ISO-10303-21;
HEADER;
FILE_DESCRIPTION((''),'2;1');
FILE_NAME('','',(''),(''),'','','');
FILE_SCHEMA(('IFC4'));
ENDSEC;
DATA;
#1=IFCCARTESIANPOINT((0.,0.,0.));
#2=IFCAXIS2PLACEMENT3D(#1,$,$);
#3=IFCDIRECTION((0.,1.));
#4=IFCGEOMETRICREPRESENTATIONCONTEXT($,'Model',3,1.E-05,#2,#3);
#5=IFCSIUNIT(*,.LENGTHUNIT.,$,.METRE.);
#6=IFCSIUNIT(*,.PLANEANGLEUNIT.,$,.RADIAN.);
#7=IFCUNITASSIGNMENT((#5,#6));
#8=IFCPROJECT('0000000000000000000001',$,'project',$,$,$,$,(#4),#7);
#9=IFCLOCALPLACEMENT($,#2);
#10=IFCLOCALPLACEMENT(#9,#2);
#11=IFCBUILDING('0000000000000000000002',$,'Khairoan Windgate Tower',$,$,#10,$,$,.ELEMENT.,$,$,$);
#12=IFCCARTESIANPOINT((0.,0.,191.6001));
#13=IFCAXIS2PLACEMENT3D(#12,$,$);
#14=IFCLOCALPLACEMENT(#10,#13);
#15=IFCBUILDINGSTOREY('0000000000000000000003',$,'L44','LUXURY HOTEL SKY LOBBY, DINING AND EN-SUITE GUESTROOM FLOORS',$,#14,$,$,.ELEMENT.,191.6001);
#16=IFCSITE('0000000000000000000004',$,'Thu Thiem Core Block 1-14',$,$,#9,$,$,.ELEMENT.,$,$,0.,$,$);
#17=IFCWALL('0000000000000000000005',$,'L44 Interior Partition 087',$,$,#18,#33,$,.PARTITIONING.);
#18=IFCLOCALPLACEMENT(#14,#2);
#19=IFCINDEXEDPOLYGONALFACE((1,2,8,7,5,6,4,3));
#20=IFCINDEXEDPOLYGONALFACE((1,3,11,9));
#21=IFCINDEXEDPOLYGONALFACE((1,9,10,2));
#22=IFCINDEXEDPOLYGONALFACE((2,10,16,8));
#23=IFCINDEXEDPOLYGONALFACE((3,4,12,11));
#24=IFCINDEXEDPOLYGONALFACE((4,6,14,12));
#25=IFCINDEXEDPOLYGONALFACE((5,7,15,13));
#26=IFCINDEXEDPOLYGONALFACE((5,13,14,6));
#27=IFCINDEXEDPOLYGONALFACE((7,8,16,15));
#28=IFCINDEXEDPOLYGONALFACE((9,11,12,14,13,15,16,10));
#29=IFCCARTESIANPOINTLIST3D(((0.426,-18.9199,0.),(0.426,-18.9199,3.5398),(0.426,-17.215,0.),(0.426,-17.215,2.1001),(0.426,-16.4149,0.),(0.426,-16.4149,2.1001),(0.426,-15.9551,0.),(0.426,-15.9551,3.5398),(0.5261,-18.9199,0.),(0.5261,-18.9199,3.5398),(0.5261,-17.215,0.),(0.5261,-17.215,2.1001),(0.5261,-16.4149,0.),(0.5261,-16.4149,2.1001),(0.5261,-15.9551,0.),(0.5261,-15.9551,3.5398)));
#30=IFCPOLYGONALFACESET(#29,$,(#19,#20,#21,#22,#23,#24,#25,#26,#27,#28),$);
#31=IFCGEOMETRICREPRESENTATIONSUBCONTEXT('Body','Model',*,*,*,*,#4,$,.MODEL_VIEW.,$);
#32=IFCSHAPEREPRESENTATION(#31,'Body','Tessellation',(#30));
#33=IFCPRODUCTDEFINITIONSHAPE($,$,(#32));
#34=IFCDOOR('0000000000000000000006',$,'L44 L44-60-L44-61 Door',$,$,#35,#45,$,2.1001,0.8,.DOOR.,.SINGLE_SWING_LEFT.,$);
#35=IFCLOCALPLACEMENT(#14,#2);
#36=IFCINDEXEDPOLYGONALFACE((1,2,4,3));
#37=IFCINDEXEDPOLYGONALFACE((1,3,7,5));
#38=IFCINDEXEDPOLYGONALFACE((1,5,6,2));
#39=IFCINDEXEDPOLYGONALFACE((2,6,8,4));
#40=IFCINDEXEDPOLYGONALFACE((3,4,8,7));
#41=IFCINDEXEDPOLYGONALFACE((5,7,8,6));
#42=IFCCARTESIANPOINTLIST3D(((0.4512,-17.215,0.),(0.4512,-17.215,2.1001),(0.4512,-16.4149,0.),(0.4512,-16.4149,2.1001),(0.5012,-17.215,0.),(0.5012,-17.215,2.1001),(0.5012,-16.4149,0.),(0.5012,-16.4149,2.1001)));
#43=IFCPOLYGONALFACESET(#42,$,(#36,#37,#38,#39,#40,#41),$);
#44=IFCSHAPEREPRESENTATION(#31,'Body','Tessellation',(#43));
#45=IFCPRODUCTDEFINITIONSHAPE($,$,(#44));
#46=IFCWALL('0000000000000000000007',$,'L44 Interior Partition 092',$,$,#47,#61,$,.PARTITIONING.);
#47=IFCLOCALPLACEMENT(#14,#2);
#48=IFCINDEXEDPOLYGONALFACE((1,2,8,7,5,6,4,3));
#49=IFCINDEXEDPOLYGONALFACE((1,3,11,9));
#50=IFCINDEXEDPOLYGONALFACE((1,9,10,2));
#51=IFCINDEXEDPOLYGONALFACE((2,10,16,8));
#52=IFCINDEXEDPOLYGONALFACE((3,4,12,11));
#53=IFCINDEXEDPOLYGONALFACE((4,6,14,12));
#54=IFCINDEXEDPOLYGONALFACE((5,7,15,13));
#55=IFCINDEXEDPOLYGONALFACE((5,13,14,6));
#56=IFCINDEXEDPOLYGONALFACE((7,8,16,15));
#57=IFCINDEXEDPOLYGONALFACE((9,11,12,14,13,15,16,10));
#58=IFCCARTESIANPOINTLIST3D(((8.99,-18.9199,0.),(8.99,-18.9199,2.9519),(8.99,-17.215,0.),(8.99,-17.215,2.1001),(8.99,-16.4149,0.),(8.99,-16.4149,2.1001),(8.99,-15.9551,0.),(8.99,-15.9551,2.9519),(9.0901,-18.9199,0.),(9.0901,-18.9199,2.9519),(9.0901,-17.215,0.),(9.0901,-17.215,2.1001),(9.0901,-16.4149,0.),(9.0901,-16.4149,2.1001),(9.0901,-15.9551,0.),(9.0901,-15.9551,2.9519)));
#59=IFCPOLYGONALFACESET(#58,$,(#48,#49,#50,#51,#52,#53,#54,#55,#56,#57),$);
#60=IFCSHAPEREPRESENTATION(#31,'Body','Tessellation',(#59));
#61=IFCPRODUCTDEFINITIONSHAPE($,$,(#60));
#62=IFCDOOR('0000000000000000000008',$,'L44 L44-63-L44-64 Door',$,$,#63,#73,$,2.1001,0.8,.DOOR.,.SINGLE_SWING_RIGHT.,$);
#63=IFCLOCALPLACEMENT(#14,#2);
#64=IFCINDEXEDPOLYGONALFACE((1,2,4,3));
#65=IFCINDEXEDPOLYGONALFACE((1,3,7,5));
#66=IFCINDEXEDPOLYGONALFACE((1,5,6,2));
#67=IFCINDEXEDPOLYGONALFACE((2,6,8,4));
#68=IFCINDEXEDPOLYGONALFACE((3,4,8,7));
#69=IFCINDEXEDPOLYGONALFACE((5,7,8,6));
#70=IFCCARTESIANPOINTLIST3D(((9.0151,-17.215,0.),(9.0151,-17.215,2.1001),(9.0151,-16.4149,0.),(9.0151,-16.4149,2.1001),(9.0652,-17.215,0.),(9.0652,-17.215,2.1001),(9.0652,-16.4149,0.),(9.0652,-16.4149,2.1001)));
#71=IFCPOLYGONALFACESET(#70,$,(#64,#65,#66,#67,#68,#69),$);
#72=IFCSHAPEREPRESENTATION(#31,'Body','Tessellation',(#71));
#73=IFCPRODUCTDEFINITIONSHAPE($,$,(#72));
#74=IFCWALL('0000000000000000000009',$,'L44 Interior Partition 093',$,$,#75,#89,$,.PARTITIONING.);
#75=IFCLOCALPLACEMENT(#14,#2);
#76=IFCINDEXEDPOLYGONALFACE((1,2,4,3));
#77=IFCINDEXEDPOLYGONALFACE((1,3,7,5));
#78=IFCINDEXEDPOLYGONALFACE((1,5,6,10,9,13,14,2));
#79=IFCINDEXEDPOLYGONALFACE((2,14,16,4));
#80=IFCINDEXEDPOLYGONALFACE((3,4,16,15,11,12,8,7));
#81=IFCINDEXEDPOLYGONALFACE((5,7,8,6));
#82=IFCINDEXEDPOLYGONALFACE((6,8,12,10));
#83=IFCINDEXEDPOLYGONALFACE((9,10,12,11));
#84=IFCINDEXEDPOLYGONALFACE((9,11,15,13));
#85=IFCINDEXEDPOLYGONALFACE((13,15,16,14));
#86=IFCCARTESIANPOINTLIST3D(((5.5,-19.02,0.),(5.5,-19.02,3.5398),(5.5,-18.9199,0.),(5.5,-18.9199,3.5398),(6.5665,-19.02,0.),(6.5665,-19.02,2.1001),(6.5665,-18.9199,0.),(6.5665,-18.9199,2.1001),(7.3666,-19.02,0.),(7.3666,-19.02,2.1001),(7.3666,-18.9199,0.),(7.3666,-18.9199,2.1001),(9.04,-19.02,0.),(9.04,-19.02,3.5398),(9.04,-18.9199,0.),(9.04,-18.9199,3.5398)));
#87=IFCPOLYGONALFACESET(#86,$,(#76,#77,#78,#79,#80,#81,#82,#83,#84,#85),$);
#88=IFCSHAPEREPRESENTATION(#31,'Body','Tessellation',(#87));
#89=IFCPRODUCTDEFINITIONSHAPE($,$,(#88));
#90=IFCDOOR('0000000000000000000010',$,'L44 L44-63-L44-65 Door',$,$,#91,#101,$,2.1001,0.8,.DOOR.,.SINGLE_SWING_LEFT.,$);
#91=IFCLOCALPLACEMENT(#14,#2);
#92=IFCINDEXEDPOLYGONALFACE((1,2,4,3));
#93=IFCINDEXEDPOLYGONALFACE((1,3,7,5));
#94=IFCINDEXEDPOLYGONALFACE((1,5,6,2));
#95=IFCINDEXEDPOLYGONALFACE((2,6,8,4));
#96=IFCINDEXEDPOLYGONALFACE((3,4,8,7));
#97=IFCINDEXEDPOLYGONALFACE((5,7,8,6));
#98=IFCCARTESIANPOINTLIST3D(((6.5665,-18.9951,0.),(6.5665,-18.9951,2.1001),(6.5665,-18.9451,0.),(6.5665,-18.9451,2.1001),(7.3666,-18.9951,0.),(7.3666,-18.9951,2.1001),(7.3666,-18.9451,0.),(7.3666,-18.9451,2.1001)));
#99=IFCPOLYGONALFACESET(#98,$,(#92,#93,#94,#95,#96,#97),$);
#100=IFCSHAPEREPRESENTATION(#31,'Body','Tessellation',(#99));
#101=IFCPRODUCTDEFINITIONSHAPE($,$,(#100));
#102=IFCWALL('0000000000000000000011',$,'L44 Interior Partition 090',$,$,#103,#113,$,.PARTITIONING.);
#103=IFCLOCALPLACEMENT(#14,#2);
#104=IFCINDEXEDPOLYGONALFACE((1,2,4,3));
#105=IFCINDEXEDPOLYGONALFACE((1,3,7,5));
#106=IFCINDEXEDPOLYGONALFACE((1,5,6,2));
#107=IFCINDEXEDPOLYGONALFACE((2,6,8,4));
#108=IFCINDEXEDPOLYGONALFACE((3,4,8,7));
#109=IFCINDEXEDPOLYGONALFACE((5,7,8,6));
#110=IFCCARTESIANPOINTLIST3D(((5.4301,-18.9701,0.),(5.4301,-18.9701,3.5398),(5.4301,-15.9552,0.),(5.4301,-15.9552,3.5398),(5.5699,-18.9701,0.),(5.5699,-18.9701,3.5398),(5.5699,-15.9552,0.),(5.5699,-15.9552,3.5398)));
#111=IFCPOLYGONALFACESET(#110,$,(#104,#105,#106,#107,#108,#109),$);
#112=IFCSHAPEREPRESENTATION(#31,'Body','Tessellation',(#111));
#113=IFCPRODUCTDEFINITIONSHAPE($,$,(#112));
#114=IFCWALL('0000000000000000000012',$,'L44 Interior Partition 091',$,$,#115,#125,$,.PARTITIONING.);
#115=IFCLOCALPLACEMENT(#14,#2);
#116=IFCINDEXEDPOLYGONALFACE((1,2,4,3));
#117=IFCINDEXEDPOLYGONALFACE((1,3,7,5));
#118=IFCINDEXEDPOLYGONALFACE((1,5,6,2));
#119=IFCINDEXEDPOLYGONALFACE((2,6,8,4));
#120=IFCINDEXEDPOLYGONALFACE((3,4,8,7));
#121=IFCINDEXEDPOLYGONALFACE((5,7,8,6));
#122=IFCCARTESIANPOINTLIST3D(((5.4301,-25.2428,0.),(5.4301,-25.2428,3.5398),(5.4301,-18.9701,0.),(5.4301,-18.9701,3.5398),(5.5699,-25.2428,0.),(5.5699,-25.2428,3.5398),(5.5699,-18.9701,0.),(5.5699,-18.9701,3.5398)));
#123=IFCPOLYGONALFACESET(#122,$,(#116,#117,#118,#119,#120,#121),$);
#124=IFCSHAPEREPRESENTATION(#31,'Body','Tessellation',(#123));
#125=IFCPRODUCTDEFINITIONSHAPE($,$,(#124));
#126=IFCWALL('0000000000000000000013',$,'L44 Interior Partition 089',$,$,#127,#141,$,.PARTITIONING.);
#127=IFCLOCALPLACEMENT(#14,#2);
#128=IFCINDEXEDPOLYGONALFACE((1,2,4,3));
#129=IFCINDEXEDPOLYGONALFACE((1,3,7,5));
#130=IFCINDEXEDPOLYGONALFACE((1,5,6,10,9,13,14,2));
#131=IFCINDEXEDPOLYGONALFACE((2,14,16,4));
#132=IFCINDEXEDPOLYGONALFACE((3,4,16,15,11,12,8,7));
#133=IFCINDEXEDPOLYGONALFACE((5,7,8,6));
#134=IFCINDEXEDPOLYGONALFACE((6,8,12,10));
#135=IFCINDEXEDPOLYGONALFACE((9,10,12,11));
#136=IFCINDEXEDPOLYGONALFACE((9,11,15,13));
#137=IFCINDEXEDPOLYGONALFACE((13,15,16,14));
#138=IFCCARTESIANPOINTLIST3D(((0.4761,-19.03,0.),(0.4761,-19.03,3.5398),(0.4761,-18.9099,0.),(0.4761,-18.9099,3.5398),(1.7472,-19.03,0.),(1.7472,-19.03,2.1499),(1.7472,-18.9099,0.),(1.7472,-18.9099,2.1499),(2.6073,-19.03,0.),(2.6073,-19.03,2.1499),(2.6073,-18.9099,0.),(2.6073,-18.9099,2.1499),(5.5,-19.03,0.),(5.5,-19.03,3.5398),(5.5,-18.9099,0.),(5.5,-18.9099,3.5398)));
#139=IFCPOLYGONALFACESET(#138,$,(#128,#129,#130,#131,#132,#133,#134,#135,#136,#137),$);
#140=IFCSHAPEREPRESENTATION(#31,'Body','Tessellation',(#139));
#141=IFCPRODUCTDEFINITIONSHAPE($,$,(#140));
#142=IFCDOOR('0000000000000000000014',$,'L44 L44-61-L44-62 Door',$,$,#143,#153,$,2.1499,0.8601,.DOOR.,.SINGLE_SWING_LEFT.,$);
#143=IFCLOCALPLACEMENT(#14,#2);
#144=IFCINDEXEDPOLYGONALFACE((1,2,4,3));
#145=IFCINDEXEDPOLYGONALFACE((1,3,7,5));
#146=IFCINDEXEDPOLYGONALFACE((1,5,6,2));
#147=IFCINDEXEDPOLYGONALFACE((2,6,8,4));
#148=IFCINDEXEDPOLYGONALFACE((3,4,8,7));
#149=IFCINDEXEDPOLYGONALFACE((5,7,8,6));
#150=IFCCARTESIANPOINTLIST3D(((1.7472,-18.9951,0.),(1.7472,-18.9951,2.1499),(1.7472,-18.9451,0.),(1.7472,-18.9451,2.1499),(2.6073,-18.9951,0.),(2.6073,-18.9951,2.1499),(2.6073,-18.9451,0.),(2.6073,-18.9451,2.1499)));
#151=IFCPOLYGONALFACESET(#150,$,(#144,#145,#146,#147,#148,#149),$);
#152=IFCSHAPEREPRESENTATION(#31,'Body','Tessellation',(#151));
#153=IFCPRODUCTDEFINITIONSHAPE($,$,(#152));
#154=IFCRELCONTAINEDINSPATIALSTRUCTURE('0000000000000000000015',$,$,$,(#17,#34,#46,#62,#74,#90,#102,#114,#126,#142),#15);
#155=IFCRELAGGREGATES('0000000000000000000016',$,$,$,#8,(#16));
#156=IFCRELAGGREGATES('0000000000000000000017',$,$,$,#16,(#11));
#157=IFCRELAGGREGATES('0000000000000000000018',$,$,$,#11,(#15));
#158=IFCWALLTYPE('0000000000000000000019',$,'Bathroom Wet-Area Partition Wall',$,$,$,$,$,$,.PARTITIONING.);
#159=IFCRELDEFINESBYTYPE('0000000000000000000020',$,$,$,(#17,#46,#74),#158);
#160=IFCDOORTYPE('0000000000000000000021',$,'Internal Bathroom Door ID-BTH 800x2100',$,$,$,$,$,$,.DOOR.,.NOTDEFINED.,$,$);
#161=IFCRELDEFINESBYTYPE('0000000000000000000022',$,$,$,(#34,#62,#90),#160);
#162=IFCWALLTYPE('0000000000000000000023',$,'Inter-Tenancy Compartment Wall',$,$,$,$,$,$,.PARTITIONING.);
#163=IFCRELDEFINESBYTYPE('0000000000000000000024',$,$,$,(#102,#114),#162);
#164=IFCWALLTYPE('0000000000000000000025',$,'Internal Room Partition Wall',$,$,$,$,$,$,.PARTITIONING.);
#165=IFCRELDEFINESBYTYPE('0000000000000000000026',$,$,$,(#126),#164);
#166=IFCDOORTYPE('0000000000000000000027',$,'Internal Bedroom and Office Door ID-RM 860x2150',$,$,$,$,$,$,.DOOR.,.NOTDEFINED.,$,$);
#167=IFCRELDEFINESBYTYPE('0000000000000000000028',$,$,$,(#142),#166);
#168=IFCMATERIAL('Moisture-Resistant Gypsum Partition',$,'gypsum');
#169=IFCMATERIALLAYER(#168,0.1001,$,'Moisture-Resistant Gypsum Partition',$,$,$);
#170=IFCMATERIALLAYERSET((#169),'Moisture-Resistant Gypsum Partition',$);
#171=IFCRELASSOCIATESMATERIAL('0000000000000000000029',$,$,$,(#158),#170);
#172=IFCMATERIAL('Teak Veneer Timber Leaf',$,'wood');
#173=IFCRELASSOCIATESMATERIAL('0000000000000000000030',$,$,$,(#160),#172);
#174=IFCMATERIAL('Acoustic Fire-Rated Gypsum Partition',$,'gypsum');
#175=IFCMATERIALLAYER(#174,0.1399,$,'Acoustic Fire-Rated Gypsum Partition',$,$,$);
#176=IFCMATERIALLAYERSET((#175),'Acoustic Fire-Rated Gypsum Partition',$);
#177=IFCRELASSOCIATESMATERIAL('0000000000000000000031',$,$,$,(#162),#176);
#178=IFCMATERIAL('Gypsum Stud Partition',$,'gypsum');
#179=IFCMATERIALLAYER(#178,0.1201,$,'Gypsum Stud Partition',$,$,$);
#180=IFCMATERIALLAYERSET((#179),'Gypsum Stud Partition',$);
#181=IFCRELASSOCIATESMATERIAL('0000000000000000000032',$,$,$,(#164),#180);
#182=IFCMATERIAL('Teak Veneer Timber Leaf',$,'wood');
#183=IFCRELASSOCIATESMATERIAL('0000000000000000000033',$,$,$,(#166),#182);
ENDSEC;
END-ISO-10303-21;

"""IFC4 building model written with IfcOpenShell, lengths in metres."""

from ifc_helpers import new_model, si_unit, direction, frame, frame_2d, origin, place, context, subcontext, project, spatial, rectangle, extrude, material, layer, layer_set, type_object, element, fill, save


model = new_model("IFC4")

# Units and contexts
model_context = context("Model", 3, precision=1e-05, world=origin(), true_north=direction((0.0, 1.0)))
body_context = subcontext(model_context, "Body", "Model", "MODEL_VIEW")
ifc_project = project(units=[si_unit("LENGTHUNIT", "METRE"), si_unit("PLANEANGLEUNIT", "RADIAN")], contexts=[model_context])

# Site, building, storey
site_placement = place(None, origin())
site = spatial("IfcSite", under=ifc_project, at=site_placement, Name="Thu Thiem Core Block 1-14", CompositionType="ELEMENT", RefElevation=0.0)
building_placement = place(site_placement, origin())
building = spatial("IfcBuilding", under=site, at=building_placement, Name="Khairoan Windgate Tower", CompositionType="ELEMENT")
storey_placement = place(building_placement, frame((0.0, 0.0, 191.6001)))
storey = spatial("IfcBuildingStorey", under=building, at=storey_placement, Name="L44", Description="LUXURY HOTEL SKY LOBBY, DINING AND EN-SUITE GUESTROOM FLOORS", CompositionType="ELEMENT", Elevation=191.6001)

# Walls, openings, doors
ifc_material_1 = material(Name="Moisture-Resistant Gypsum Partition", Category="gypsum")
ifc_layer_1 = layer(ifc_material_1, 0.1001, Name="Moisture-Resistant Gypsum Partition")
ifc_layer_set_1 = layer_set([ifc_layer_1], Name="Moisture-Resistant Gypsum Partition")
wall_type_1 = type_object("IfcWallType", Name="Bathroom Wet-Area Partition Wall", PredefinedType="PARTITIONING", material=ifc_layer_set_1)
wall_1_placement = place(storey_placement, frame((0.4761, -18.9199, 0.0), z_axis=(0.0, 0.0, 1.0), x_axis=(0.0, 1.0, 0.0)))
wall_1 = element("IfcWall", 1, at=wall_1_placement, inside=storey, type_object=wall_type_1, Name="L44 Interior Partition 087", PredefinedType="PARTITIONING", context=body_context, shape_type="SweptSolid", body=[
    extrude(rectangle(XDim=2.9648, YDim=0.1001, at=frame_2d((1.4824, 0.0))), origin(), (0.0, 0.0, 1.0), 3.5398),
])
opening_1_placement = place(wall_1_placement, frame((1.7051, 0.0, 0.0)))
opening_1 = element("IfcOpeningElement", 2, at=opening_1_placement, cuts=wall_1, PredefinedType="OPENING", context=body_context, shape_type="SweptSolid", body=[
    extrude(rectangle(XDim=0.8, YDim=2.1001, at=frame_2d((0.3999, 1.05))), frame((0.0, 0.0601, 0.0), z_axis=(0.0, -1.0, 0.0), x_axis=(1.0, 0.0, 0.0)), (0.0, 0.0, 1.0), 0.1201),
])
ifc_material_2 = material(Name="Teak Veneer Timber Leaf", Category="wood")
door_type_1 = type_object("IfcDoorType", Name="Internal Bathroom Door ID-BTH 800x2100", OperationType="NOTDEFINED", PredefinedType="DOOR", material=ifc_material_2)
door_1_placement = place(opening_1_placement, origin())
door_1 = element("IfcDoor", 3, at=door_1_placement, inside=storey, type_object=door_type_1, Name="L44 L44-60-L44-61 Door", OperationType="SINGLE_SWING_LEFT", OverallHeight=2.1001, OverallWidth=0.8, PredefinedType="DOOR", context=body_context, shape_type="SweptSolid", body=[
    extrude(rectangle(XDim=0.8, YDim=2.1001, at=frame_2d((0.3999, 1.05))), frame((0.0, 0.0249, 0.0), z_axis=(0.0, -1.0, 0.0), x_axis=(1.0, 0.0, 0.0)), (0.0, 0.0, 1.0), 0.05),
])
fill(opening_1, door_1)
wall_2_placement = place(storey_placement, frame((9.04, -18.9199, 0.0), z_axis=(0.0, 0.0, 1.0), x_axis=(0.0, 1.0, 0.0)))
wall_2 = element("IfcWall", 4, at=wall_2_placement, inside=storey, type_object=wall_type_1, Name="L44 Interior Partition 092", PredefinedType="PARTITIONING", context=body_context, shape_type="SweptSolid", body=[
    extrude(rectangle(XDim=2.9648, YDim=0.1001, at=frame_2d((1.4824, 0.0))), origin(), (0.0, 0.0, 1.0), 2.9519),
])
opening_2_placement = place(wall_2_placement, frame((1.7051, 0.0, 0.0)))
opening_2 = element("IfcOpeningElement", 5, at=opening_2_placement, cuts=wall_2, PredefinedType="OPENING", context=body_context, shape_type="SweptSolid", body=[
    extrude(rectangle(XDim=0.8, YDim=2.1001, at=frame_2d((0.3999, 1.05))), frame((0.0, 0.0601, 0.0), z_axis=(0.0, -1.0, 0.0), x_axis=(1.0, 0.0, 0.0)), (0.0, 0.0, 1.0), 0.1201),
])
door_2_placement = place(opening_2_placement, origin())
door_2 = element("IfcDoor", 6, at=door_2_placement, inside=storey, type_object=door_type_1, Name="L44 L44-63-L44-64 Door", OperationType="SINGLE_SWING_RIGHT", OverallHeight=2.1001, OverallWidth=0.8, PredefinedType="DOOR", context=body_context, shape_type="SweptSolid", body=[
    extrude(rectangle(XDim=0.8, YDim=2.1001, at=frame_2d((0.3999, 1.05))), frame((0.0, 0.0249, 0.0), z_axis=(0.0, -1.0, 0.0), x_axis=(1.0, 0.0, 0.0)), (0.0, 0.0, 1.0), 0.05),
])
fill(opening_2, door_2)
wall_3_placement = place(storey_placement, frame((5.5, -18.97, 0.0), z_axis=(0.0, 0.0, 1.0), x_axis=(1.0, 0.0, 0.0)))
wall_3 = element("IfcWall", 7, at=wall_3_placement, inside=storey, type_object=wall_type_1, Name="L44 Interior Partition 093", PredefinedType="PARTITIONING", context=body_context, shape_type="SweptSolid", body=[
    extrude(rectangle(XDim=3.54, YDim=0.1001, at=frame_2d((1.77, 0.0))), origin(), (0.0, 0.0, 1.0), 3.5398),
])
opening_3_placement = place(wall_3_placement, frame((1.0667, 0.0, 0.0)))
opening_3 = element("IfcOpeningElement", 8, at=opening_3_placement, cuts=wall_3, PredefinedType="OPENING", context=body_context, shape_type="SweptSolid", body=[
    extrude(rectangle(XDim=0.8, YDim=2.1001, at=frame_2d((0.3999, 1.05))), frame((0.0, 0.0601, 0.0), z_axis=(0.0, -1.0, 0.0), x_axis=(1.0, 0.0, 0.0)), (0.0, 0.0, 1.0), 0.1201),
])
door_3_placement = place(opening_3_placement, origin())
door_3 = element("IfcDoor", 9, at=door_3_placement, inside=storey, type_object=door_type_1, Name="L44 L44-63-L44-65 Door", OperationType="SINGLE_SWING_LEFT", OverallHeight=2.1001, OverallWidth=0.8, PredefinedType="DOOR", context=body_context, shape_type="SweptSolid", body=[
    extrude(rectangle(XDim=0.8, YDim=2.1001, at=frame_2d((0.3999, 1.05))), frame((0.0, 0.0249, 0.0), z_axis=(0.0, -1.0, 0.0), x_axis=(1.0, 0.0, 0.0)), (0.0, 0.0, 1.0), 0.05),
])
fill(opening_3, door_3)

# Walls
ifc_material_3 = material(Name="Acoustic Fire-Rated Gypsum Partition", Category="gypsum")
ifc_layer_2 = layer(ifc_material_3, 0.1399, Name="Acoustic Fire-Rated Gypsum Partition")
ifc_layer_set_2 = layer_set([ifc_layer_2], Name="Acoustic Fire-Rated Gypsum Partition")
wall_type_2 = type_object("IfcWallType", Name="Inter-Tenancy Compartment Wall", PredefinedType="PARTITIONING", material=ifc_layer_set_2)
wall_4_placement = place(storey_placement, frame((5.5, -18.97, 0.0), z_axis=(0.0, 0.0, 1.0), x_axis=(0.0, 1.0, 0.0)))
element("IfcWall", 10, at=wall_4_placement, inside=storey, type_object=wall_type_2, Name="L44 Interior Partition 090", PredefinedType="PARTITIONING", context=body_context, shape_type="SweptSolid", body=[
    extrude(rectangle(XDim=3.0149, YDim=0.1399, at=frame_2d((1.5073, 0.0))), origin(), (0.0, 0.0, 1.0), 3.5398),
])
wall_5_placement = place(storey_placement, frame((5.5, -25.2427, 0.0), z_axis=(0.0, 0.0, 1.0), x_axis=(0.0, 1.0, 0.0)))
element("IfcWall", 11, at=wall_5_placement, inside=storey, type_object=wall_type_2, Name="L44 Interior Partition 091", PredefinedType="PARTITIONING", context=body_context, shape_type="SweptSolid", body=[
    extrude(rectangle(XDim=6.2727, YDim=0.1399, at=frame_2d((3.1362, 0.0))), origin(), (0.0, 0.0, 1.0), 3.5398),
])

# Wall, opening, door
ifc_material_4 = material(Name="Gypsum Stud Partition", Category="gypsum")
ifc_layer_3 = layer(ifc_material_4, 0.1201, Name="Gypsum Stud Partition")
ifc_layer_set_3 = layer_set([ifc_layer_3], Name="Gypsum Stud Partition")
wall_type_3 = type_object("IfcWallType", Name="Internal Room Partition Wall", PredefinedType="PARTITIONING", material=ifc_layer_set_3)
wall_6_placement = place(storey_placement, frame((0.4761, -18.97, 0.0), z_axis=(0.0, 0.0, 1.0), x_axis=(1.0, 0.0, 0.0)))
wall_6 = element("IfcWall", 12, at=wall_6_placement, inside=storey, type_object=wall_type_3, Name="L44 Interior Partition 089", PredefinedType="PARTITIONING", context=body_context, shape_type="SweptSolid", body=[
    extrude(rectangle(XDim=5.0239, YDim=0.1201, at=frame_2d((2.512, 0.0))), origin(), (0.0, 0.0, 1.0), 3.5398),
])
opening_4_placement = place(wall_6_placement, frame((1.271, 0.0, 0.0)))
opening_4 = element("IfcOpeningElement", 13, at=opening_4_placement, cuts=wall_6, PredefinedType="OPENING", context=body_context, shape_type="SweptSolid", body=[
    extrude(rectangle(XDim=0.8601, YDim=2.1499, at=frame_2d((0.4302, 1.075))), frame((0.0, 0.0701, 0.0), z_axis=(0.0, -1.0, 0.0), x_axis=(1.0, 0.0, 0.0)), (0.0, 0.0, 1.0), 0.1401),
])
ifc_material_5 = material(Name="Teak Veneer Timber Leaf", Category="wood")
door_type_2 = type_object("IfcDoorType", Name="Internal Bedroom and Office Door ID-RM 860x2150", OperationType="NOTDEFINED", PredefinedType="DOOR", material=ifc_material_5)
door_4_placement = place(opening_4_placement, origin())
door_4 = element("IfcDoor", 14, at=door_4_placement, inside=storey, type_object=door_type_2, Name="L44 L44-61-L44-62 Door", OperationType="SINGLE_SWING_LEFT", OverallHeight=2.1499, OverallWidth=0.8601, PredefinedType="DOOR", context=body_context, shape_type="SweptSolid", body=[
    extrude(rectangle(XDim=0.8601, YDim=2.1499, at=frame_2d((0.4302, 1.075))), frame((0.0, 0.0249, 0.0), z_axis=(0.0, -1.0, 0.0), x_axis=(1.0, 0.0, 0.0)), (0.0, 0.0, 1.0), 0.05),
])
fill(opening_4, door_4)

save(model, "model.ifc")
